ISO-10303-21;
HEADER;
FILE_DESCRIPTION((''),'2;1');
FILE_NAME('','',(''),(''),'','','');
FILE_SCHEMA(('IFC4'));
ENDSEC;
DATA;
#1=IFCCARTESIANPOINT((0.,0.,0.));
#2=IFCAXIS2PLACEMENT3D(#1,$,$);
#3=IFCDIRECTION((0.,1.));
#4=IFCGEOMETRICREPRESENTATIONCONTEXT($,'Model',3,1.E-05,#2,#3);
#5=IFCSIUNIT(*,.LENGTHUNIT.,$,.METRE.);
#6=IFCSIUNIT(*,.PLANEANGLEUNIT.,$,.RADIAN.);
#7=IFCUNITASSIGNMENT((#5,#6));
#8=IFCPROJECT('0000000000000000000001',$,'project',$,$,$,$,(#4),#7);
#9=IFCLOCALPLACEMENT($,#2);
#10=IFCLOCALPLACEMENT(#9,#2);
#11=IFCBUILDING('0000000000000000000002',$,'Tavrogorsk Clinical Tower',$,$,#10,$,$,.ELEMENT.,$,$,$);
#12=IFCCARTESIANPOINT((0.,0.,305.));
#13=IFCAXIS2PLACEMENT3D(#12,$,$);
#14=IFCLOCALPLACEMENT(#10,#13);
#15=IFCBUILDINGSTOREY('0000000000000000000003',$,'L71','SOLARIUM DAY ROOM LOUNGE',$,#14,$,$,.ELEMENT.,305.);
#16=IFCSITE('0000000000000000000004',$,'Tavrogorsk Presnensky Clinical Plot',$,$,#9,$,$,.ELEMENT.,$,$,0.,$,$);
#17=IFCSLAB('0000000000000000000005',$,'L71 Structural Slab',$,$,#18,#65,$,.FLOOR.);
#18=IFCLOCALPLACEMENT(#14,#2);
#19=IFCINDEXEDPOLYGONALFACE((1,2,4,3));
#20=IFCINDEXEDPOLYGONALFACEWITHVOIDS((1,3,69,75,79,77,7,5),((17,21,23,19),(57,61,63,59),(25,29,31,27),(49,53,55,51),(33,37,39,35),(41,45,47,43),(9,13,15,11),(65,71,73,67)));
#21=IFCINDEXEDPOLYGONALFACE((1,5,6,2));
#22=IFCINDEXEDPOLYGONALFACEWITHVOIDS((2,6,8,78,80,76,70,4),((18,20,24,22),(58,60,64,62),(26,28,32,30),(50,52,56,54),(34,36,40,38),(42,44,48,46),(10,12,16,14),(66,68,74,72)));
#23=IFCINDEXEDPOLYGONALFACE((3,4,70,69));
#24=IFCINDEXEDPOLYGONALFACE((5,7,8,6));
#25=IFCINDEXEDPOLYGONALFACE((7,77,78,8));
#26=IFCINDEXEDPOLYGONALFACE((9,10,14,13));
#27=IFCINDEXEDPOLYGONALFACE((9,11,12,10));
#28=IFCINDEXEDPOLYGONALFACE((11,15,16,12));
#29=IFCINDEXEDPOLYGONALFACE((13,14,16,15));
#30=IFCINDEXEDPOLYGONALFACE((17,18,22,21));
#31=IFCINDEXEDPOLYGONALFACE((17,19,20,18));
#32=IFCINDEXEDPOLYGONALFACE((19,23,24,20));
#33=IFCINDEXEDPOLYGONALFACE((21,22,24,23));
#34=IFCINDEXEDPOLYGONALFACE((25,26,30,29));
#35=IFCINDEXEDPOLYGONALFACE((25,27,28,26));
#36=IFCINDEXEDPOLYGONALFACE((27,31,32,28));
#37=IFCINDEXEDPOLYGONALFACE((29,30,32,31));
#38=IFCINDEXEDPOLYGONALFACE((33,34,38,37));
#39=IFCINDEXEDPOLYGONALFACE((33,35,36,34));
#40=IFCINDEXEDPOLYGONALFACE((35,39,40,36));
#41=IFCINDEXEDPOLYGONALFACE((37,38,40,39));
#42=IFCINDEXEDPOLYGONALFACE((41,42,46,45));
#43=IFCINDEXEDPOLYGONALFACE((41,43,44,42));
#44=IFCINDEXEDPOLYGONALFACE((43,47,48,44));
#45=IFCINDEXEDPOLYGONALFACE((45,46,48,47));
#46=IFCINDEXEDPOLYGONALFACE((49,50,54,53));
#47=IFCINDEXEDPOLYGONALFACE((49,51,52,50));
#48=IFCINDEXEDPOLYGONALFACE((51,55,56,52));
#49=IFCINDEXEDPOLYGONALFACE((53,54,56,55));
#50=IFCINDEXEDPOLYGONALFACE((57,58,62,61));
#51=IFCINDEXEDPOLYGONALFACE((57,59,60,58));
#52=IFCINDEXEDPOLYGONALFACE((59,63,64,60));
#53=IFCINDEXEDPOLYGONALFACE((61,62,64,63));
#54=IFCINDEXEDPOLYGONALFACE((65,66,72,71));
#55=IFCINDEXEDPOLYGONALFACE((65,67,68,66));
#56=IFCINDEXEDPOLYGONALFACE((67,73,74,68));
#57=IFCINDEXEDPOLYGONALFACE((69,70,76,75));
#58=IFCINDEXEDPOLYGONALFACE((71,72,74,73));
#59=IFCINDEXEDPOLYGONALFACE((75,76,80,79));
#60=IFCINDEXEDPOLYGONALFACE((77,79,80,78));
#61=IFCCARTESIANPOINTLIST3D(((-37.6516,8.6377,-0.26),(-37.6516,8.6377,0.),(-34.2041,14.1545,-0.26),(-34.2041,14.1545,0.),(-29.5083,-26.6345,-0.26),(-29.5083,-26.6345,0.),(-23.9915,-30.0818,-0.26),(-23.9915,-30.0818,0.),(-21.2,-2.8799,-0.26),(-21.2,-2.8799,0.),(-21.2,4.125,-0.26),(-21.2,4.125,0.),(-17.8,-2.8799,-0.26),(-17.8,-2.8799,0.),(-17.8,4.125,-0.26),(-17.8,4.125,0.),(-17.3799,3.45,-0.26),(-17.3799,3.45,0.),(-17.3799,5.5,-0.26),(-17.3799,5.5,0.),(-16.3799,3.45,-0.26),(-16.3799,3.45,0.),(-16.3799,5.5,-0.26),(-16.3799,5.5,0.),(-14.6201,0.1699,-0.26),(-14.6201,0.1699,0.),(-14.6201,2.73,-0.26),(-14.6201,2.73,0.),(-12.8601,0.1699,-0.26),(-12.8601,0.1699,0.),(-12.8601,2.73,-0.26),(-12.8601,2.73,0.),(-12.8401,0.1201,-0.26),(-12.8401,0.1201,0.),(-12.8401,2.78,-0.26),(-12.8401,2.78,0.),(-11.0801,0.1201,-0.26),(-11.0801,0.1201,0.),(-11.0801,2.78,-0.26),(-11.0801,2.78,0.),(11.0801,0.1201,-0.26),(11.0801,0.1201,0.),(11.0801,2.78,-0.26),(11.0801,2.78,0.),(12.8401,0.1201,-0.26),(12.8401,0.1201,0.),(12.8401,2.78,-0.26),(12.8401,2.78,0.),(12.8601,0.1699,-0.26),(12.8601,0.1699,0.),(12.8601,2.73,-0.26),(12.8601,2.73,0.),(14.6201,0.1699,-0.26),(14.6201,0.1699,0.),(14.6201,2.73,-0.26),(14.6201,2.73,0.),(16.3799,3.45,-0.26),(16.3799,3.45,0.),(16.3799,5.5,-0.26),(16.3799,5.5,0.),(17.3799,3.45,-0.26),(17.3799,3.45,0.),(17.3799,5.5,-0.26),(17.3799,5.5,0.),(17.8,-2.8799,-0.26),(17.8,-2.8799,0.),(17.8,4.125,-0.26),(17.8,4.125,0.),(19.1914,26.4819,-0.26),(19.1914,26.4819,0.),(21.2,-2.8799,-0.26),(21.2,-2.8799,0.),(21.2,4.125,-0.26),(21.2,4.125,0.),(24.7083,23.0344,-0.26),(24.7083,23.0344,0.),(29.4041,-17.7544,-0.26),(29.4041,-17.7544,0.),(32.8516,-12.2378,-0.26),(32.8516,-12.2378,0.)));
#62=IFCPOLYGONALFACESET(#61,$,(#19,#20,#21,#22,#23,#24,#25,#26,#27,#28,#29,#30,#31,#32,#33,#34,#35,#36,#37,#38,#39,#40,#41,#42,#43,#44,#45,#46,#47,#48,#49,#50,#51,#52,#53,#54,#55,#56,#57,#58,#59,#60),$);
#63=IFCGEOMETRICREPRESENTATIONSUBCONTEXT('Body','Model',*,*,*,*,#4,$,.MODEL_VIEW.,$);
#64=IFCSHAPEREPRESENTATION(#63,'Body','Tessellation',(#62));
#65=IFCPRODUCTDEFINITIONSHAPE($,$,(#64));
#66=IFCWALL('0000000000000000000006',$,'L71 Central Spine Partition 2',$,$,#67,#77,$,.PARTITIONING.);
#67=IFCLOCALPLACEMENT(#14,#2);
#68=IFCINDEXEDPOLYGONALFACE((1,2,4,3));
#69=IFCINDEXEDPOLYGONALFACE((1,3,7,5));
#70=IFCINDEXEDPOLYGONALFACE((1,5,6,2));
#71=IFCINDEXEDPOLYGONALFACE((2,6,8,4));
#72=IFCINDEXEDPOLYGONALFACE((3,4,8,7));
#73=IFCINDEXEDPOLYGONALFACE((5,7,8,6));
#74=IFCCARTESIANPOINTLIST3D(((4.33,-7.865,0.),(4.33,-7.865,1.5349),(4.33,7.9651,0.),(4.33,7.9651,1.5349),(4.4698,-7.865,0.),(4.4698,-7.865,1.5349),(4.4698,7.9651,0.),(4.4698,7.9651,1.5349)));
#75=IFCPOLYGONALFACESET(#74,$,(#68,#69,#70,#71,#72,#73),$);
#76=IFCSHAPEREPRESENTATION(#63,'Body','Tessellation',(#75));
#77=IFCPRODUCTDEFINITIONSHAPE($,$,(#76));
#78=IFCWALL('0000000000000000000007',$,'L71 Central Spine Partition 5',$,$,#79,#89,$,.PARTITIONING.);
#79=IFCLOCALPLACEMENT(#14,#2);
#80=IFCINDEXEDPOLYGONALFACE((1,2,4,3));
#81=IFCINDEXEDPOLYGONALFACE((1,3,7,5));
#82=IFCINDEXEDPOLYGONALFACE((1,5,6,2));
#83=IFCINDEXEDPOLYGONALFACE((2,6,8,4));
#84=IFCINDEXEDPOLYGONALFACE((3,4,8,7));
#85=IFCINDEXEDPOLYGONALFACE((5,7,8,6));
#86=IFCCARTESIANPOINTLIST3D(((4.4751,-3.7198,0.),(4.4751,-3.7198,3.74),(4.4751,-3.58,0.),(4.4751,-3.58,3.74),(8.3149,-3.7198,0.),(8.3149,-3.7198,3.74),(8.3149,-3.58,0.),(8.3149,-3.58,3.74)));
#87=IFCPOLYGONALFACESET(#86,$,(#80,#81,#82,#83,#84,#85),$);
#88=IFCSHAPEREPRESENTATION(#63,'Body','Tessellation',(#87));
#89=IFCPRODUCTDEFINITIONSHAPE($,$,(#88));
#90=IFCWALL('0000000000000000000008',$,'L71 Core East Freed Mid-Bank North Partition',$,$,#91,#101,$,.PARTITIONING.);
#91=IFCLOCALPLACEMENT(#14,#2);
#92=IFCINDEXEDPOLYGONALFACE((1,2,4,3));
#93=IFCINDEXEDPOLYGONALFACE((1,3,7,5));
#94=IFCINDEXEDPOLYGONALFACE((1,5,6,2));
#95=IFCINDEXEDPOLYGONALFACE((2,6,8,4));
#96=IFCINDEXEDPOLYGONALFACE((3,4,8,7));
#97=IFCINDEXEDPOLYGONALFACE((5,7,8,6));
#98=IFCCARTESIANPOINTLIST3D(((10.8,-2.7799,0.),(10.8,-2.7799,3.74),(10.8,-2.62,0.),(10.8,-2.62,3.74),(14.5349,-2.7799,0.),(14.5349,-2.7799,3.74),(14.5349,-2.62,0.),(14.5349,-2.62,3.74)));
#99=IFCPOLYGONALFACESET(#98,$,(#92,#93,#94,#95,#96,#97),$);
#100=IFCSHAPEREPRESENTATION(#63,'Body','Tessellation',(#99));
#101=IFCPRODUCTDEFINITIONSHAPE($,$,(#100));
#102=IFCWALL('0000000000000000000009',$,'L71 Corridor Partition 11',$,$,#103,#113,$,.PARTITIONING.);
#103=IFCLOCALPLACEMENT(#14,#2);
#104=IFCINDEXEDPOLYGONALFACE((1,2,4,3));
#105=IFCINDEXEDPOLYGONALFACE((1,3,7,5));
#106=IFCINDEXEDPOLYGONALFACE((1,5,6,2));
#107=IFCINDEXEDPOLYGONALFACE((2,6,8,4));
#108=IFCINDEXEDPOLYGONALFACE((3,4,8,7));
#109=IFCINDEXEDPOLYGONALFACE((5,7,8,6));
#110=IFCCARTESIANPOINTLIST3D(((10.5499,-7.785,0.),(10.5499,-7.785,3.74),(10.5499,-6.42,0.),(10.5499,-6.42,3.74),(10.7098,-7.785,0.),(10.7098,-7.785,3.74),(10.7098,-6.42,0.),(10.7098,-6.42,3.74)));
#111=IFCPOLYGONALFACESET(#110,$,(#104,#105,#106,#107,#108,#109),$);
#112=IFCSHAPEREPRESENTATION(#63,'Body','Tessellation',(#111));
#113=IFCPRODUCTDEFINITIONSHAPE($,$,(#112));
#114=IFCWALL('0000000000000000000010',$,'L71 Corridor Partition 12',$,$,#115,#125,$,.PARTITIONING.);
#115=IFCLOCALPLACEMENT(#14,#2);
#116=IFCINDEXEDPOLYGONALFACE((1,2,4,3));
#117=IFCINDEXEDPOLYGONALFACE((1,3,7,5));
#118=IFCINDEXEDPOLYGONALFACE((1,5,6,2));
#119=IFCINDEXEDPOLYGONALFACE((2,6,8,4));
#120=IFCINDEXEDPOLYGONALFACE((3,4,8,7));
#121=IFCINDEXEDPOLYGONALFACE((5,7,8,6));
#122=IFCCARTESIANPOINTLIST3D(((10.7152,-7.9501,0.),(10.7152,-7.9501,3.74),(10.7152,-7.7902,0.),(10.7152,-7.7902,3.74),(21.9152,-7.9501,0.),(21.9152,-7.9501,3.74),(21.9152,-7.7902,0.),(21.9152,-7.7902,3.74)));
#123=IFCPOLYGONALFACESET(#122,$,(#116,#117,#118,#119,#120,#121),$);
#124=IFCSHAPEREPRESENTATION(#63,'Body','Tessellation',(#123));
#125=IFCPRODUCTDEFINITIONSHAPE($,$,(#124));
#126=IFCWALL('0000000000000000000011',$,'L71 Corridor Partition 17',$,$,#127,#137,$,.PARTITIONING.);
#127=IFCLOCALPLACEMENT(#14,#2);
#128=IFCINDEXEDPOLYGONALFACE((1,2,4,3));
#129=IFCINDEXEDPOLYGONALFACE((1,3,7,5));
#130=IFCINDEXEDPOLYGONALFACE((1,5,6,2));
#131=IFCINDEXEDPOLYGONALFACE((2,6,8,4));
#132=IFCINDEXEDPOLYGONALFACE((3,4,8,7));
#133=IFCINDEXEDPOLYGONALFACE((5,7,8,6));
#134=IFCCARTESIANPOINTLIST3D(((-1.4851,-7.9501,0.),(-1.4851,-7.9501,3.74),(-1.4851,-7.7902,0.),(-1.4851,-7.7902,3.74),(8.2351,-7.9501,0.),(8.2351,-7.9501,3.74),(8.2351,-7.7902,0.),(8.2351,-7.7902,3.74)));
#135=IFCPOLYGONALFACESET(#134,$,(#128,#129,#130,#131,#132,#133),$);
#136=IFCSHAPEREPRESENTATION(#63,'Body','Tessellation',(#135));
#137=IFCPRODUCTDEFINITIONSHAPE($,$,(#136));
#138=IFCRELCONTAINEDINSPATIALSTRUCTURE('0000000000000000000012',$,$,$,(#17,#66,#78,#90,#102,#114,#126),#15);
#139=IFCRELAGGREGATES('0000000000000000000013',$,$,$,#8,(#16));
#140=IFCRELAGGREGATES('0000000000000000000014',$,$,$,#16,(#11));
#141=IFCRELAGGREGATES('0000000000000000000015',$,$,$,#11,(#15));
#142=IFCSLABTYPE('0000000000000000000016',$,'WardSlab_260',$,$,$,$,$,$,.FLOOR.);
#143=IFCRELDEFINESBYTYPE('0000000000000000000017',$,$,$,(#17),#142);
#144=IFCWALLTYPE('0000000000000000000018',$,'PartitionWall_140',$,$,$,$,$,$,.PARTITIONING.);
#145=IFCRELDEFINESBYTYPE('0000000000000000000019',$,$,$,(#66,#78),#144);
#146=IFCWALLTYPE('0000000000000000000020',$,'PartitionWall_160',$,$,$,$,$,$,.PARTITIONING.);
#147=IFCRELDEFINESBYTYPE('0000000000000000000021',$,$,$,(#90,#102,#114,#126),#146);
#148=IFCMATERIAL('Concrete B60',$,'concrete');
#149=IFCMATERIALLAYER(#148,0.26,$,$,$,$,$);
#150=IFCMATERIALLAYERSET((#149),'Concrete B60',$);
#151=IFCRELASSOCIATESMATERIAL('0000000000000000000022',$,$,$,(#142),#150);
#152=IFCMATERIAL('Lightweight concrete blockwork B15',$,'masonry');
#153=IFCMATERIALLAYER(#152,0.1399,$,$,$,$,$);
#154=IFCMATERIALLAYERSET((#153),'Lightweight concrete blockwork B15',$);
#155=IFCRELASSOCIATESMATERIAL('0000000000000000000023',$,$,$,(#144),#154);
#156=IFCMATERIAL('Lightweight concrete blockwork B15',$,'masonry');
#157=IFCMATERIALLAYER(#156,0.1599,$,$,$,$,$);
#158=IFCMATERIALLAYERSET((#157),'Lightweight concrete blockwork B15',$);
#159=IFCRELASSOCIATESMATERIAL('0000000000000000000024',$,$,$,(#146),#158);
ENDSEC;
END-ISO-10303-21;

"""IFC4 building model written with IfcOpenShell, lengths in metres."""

from ifc_helpers import new_model, si_unit, direction, frame, frame_2d, origin, place, context, subcontext, project, spatial, polyline, rectangle, outline, extrude, material, layer, layer_set, type_object, element, save


model = new_model("IFC4")

# Units and contexts
model_context = context("Model", 3, precision=1e-05, world=origin(), true_north=direction((0.0, 1.0)))
body_context = subcontext(model_context, "Body", "Model", "MODEL_VIEW")
ifc_project = project(units=[si_unit("LENGTHUNIT", "METRE"), si_unit("PLANEANGLEUNIT", "RADIAN")], contexts=[model_context])

# Site, building, storey
site_placement = place(None, origin())
site = spatial("IfcSite", under=ifc_project, at=site_placement, Name="Tavrogorsk Presnensky Clinical Plot", CompositionType="ELEMENT", RefElevation=0.0)
building_placement = place(site_placement, origin())
building = spatial("IfcBuilding", under=site, at=building_placement, Name="Tavrogorsk Clinical Tower", CompositionType="ELEMENT")
storey_placement = place(building_placement, frame((0.0, 0.0, 305.0)))
storey = spatial("IfcBuildingStorey", under=building, at=storey_placement, Name="L71", Description="SOLARIUM DAY ROOM LOUNGE", CompositionType="ELEMENT", Elevation=305.0)

# Slab
ifc_material_1 = material(Name="Concrete B60", Category="concrete")
ifc_layer_1 = layer(ifc_material_1, 0.26)
ifc_layer_set_1 = layer_set([ifc_layer_1], Name="Concrete B60")
slab_type_1 = type_object("IfcSlabType", Name="WardSlab_260", PredefinedType="FLOOR", material=ifc_layer_set_1)
slab_1_placement = place(storey_placement, frame((0.0, 0.0, -0.26)))
element("IfcSlab", 1, at=slab_1_placement, inside=storey, type_object=slab_type_1, Name="L71 Structural Slab", PredefinedType="FLOOR", context=body_context, shape_type="SweptSolid", body=[
    extrude(outline(polyline([(-23.9915, -30.0818), (29.4041, -17.7544), (32.8516, -12.2378), (24.7083, 23.0344), (19.1914, 26.4819), (-34.2041, 14.1545), (-37.6516, 8.6377), (-29.5083, -26.6345), (-23.9915, -30.0818)]), holes=[polyline([(-17.8, -2.8799), (-17.8, 4.125), (-21.2, 4.125), (-21.2, -2.8799), (-17.8, -2.8799)]), polyline([(21.2, -2.8799), (21.2, 4.125), (17.8, 4.125), (17.8, -2.8799), (21.2, -2.8799)]), polyline([(-14.6201, 0.1699), (-12.8601, 0.1699), (-12.8601, 2.73), (-14.6201, 2.73), (-14.6201, 0.1699)]), polyline([(-12.8401, 0.1201), (-11.0801, 0.1201), (-11.0801, 2.78), (-12.8401, 2.78), (-12.8401, 0.1201)]), polyline([(12.8601, 0.1699), (14.6201, 0.1699), (14.6201, 2.73), (12.8601, 2.73), (12.8601, 0.1699)]), polyline([(11.0801, 0.1201), (12.8401, 0.1201), (12.8401, 2.78), (11.0801, 2.78), (11.0801, 0.1201)]), polyline([(-17.3799, 3.45), (-16.3799, 3.45), (-16.3799, 5.5), (-17.3799, 5.5), (-17.3799, 3.45)]), polyline([(16.3799, 3.45), (17.3799, 3.45), (17.3799, 5.5), (16.3799, 5.5), (16.3799, 3.45)])]), origin(), (0.0, 0.0, 1.0), 0.26),
])

# Walls
ifc_material_2 = material(Name="Lightweight concrete blockwork B15", Category="masonry")
ifc_layer_2 = layer(ifc_material_2, 0.1399)
ifc_layer_set_2 = layer_set([ifc_layer_2], Name="Lightweight concrete blockwork B15")
wall_type_1 = type_object("IfcWallType", Name="PartitionWall_140", PredefinedType="PARTITIONING", material=ifc_layer_set_2)
wall_1_placement = place(storey_placement, frame((4.3999, -7.865, 0.0), z_axis=(0.0, 0.0, 1.0), x_axis=(0.0, 1.0, 0.0)))
element("IfcWall", 2, at=wall_1_placement, inside=storey, type_object=wall_type_1, Name="L71 Central Spine Partition 2", PredefinedType="PARTITIONING", context=body_context, shape_type="SweptSolid", body=[
    extrude(rectangle(XDim=15.8301, YDim=0.1399, at=frame_2d((7.915, 0.0))), origin(), (0.0, 0.0, 1.0), 1.5349),
])
wall_2_placement = place(storey_placement, frame((4.4751, -3.6499, 0.0), z_axis=(0.0, 0.0, 1.0), x_axis=(1.0, 0.0, 0.0)))
element("IfcWall", 3, at=wall_2_placement, inside=storey, type_object=wall_type_1, Name="L71 Central Spine Partition 5", PredefinedType="PARTITIONING", context=body_context, shape_type="SweptSolid", body=[
    extrude(rectangle(XDim=3.8398, YDim=0.1399, at=frame_2d((1.9199, 0.0))), origin(), (0.0, 0.0, 1.0), 3.74),
])
ifc_material_3 = material(Name="Lightweight concrete blockwork B15", Category="masonry")
ifc_layer_3 = layer(ifc_material_3, 0.1599)
ifc_layer_set_3 = layer_set([ifc_layer_3], Name="Lightweight concrete blockwork B15")
wall_type_2 = type_object("IfcWallType", Name="PartitionWall_160", PredefinedType="PARTITIONING", material=ifc_layer_set_3)
wall_3_placement = place(storey_placement, frame((10.8, -2.7, 0.0), z_axis=(0.0, 0.0, 1.0), x_axis=(1.0, 0.0, 0.0)))
element("IfcWall", 4, at=wall_3_placement, inside=storey, type_object=wall_type_2, Name="L71 Core East Freed Mid-Bank North Partition", PredefinedType="PARTITIONING", context=body_context, shape_type="SweptSolid", body=[
    extrude(rectangle(XDim=3.7349, YDim=0.1599, at=frame_2d((1.8674, 0.0))), origin(), (0.0, 0.0, 1.0), 3.74),
])
wall_4_placement = place(storey_placement, frame((10.6299, -6.4199, 0.0), z_axis=(0.0, 0.0, 1.0), x_axis=(0.0, -1.0, 0.0)))
element("IfcWall", 5, at=wall_4_placement, inside=storey, type_object=wall_type_2, Name="L71 Corridor Partition 11", PredefinedType="PARTITIONING", context=body_context, shape_type="SweptSolid", body=[
    extrude(rectangle(XDim=1.365, YDim=0.1599, at=frame_2d((0.6826, 0.0))), origin(), (0.0, 0.0, 1.0), 3.74),
])
wall_5_placement = place(storey_placement, frame((10.7151, -7.8701, 0.0), z_axis=(0.0, 0.0, 1.0), x_axis=(1.0, 0.0, 0.0)))
element("IfcWall", 6, at=wall_5_placement, inside=storey, type_object=wall_type_2, Name="L71 Corridor Partition 12", PredefinedType="PARTITIONING", context=body_context, shape_type="SweptSolid", body=[
    extrude(rectangle(XDim=11.2, YDim=0.1599, at=frame_2d((5.6001, 0.0))), origin(), (0.0, 0.0, 1.0), 3.74),
])
wall_6_placement = place(storey_placement, frame((-1.4851, -7.8701, 0.0), z_axis=(0.0, 0.0, 1.0), x_axis=(1.0, 0.0, 0.0)))
element("IfcWall", 7, at=wall_6_placement, inside=storey, type_object=wall_type_2, Name="L71 Corridor Partition 17", PredefinedType="PARTITIONING", context=body_context, shape_type="SweptSolid", body=[
    extrude(rectangle(XDim=9.7202, YDim=0.1599, at=frame_2d((4.8601, 0.0))), origin(), (0.0, 0.0, 1.0), 3.74),
])

save(model, "model.ifc")
